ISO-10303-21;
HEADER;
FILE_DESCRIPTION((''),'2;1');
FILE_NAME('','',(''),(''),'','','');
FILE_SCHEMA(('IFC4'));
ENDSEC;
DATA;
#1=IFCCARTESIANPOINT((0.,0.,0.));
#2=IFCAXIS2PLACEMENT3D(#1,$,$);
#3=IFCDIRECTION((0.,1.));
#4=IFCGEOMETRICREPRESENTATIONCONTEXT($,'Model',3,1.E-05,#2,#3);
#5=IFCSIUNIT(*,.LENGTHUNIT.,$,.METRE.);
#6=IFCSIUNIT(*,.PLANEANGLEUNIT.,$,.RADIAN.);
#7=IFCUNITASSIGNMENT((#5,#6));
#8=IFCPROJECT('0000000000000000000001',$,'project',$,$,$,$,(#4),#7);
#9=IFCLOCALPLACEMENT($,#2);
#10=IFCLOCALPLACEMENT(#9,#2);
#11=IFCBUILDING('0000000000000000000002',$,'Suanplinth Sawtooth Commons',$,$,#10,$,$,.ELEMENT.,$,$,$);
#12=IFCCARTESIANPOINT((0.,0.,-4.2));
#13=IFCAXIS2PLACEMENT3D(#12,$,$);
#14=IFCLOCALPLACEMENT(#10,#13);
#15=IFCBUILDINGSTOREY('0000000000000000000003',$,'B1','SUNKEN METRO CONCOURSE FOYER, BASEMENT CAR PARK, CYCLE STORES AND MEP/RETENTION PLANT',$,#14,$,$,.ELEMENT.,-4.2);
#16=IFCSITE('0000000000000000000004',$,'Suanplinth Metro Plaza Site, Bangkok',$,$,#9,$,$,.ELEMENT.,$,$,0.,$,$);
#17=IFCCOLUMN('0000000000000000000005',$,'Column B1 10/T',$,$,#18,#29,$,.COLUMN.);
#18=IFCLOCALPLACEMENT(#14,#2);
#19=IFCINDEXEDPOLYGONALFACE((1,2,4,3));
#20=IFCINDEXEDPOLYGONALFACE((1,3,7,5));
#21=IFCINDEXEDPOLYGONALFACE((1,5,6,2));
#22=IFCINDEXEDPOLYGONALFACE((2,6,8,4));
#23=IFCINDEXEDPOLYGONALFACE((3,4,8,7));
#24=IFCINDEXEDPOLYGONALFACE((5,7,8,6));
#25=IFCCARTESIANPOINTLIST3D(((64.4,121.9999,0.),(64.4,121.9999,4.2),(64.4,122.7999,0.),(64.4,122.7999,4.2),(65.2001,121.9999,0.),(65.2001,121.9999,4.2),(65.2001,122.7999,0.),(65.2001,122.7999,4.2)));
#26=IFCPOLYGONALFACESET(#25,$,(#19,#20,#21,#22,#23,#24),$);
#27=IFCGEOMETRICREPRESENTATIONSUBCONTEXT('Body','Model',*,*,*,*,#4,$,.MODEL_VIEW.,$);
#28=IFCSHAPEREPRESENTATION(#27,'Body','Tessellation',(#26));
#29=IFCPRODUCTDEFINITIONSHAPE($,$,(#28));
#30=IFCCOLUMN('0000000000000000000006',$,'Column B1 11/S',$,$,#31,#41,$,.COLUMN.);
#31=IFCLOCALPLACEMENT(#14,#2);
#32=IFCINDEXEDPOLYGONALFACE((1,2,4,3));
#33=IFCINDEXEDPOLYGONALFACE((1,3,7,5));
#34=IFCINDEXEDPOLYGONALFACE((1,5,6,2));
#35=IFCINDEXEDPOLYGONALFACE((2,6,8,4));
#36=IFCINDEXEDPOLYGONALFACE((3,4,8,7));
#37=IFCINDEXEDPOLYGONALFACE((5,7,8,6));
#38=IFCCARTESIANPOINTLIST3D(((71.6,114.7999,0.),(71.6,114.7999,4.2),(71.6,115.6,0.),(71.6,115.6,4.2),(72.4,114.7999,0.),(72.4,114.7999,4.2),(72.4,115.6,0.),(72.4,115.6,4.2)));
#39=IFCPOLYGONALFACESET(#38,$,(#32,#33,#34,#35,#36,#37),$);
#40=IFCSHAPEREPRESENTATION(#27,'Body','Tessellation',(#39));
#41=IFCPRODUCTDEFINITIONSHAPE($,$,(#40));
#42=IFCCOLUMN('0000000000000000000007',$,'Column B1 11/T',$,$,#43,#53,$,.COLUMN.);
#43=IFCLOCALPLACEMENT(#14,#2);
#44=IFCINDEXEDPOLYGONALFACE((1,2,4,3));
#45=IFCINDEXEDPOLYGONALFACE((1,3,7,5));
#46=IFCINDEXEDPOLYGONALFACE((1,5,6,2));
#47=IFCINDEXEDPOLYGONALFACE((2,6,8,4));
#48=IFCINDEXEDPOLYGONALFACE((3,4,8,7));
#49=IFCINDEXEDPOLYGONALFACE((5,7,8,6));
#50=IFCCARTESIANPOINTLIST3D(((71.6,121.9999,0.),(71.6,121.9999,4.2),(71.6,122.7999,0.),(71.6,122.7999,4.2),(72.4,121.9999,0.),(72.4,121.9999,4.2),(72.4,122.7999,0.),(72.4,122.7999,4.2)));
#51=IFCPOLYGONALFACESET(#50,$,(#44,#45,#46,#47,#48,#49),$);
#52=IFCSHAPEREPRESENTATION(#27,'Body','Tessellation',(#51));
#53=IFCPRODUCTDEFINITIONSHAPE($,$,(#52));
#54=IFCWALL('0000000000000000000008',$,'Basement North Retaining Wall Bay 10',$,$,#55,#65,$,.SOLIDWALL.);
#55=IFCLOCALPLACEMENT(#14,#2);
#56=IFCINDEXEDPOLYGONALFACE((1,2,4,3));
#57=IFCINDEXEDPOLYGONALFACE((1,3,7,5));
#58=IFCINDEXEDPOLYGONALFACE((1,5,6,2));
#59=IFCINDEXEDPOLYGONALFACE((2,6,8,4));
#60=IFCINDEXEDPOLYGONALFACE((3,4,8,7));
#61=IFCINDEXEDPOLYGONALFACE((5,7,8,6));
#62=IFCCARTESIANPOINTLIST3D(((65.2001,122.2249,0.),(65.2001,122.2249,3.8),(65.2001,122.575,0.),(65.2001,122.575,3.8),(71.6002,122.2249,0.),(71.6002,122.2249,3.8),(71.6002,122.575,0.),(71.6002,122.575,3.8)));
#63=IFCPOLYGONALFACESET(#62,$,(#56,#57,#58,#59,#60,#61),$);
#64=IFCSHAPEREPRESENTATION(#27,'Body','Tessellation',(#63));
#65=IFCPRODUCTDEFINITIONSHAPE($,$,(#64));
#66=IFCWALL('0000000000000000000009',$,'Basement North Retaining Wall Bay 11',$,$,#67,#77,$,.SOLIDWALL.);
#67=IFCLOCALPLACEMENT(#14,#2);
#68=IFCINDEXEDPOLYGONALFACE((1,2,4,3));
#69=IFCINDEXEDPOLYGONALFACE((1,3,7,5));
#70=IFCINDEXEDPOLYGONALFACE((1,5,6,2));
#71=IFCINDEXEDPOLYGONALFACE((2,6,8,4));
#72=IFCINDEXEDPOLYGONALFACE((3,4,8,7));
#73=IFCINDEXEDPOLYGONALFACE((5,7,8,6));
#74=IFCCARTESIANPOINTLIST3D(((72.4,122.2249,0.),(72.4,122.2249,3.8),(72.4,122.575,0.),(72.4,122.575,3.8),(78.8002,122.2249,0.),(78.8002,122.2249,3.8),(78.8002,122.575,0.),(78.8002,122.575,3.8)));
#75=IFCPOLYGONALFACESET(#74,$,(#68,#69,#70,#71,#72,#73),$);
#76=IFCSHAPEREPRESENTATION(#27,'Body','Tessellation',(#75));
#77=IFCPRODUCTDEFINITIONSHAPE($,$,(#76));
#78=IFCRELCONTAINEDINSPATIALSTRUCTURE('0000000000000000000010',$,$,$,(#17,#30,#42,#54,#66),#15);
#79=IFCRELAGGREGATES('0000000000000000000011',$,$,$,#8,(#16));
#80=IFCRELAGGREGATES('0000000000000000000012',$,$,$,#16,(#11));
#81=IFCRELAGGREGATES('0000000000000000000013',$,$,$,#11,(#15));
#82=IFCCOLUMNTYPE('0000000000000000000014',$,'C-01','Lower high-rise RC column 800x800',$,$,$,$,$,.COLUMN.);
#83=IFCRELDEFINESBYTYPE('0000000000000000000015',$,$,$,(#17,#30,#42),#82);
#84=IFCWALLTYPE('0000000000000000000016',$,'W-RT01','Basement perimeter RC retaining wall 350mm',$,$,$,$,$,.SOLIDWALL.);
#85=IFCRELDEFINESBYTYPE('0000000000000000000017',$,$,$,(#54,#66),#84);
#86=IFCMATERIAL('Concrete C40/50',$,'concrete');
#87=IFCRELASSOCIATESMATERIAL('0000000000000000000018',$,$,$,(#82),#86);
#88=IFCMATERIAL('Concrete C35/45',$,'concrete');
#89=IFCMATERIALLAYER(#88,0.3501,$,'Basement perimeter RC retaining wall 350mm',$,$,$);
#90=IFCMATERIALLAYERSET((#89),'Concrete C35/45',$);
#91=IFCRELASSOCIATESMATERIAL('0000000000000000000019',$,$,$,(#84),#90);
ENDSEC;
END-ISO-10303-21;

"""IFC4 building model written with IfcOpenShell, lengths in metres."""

from ifc_helpers import new_model, si_unit, direction, frame, frame_2d, origin, origin_2d, place, context, subcontext, project, spatial, rectangle, extrude, material, layer, layer_set, material_profile, profile_set, type_object, element, save


model = new_model("IFC4")

# Units and contexts
model_context = context("Model", 3, precision=1e-05, world=origin(), true_north=direction((0.0, 1.0)))
body_context = subcontext(model_context, "Body", "Model", "MODEL_VIEW")
ifc_project = project(units=[si_unit("LENGTHUNIT", "METRE"), si_unit("PLANEANGLEUNIT", "RADIAN")], contexts=[model_context])

# Site, building, storey
site_placement = place(None, origin())
site = spatial("IfcSite", under=ifc_project, at=site_placement, Name="Suanplinth Metro Plaza Site, Bangkok", CompositionType="ELEMENT", RefElevation=0.0)
building_placement = place(site_placement, origin())
building = spatial("IfcBuilding", under=site, at=building_placement, Name="Suanplinth Sawtooth Commons", CompositionType="ELEMENT")
storey_placement = place(building_placement, frame((0.0, 0.0, -4.2)))
storey = spatial("IfcBuildingStorey", under=building, at=storey_placement, Name="B1", Description="SUNKEN METRO CONCOURSE FOYER, BASEMENT CAR PARK, CYCLE STORES AND MEP/RETENTION PLANT", CompositionType="ELEMENT", Elevation=-4.2)

# Shared definitions
ifc_material_1 = material(Name="Concrete C35/45", Category="concrete")

# Columns
ifc_material_2 = material(Name="Concrete C40/50", Category="concrete")
ifc_material_profile_1 = material_profile(ifc_material_2, rectangle(XDim=0.8, YDim=0.8, at=origin_2d()), Name="RC-COL 800x800")
ifc_profile_set_1 = profile_set([ifc_material_profile_1], Name="Concrete C40/50")
column_type = type_object("IfcColumnType", Name="C-01", Description="Lower high-rise RC column 800x800", PredefinedType="COLUMN", material=ifc_profile_set_1)
for number, where, z_axis, x_axis, name in (
    (1, (64.8, 122.3999, 0.0), (0.0, 0.0, 1.0), (1.0, 0.0, 0.0), "Column B1 10/T"),
    (2, (72.0, 115.2, 0.0), (0.0, 0.0, 1.0), (1.0, 0.0, 0.0), "Column B1 11/S"),
    (3, (72.0, 122.3999, 0.0), (0.0, 0.0, 1.0), (1.0, 0.0, 0.0), "Column B1 11/T"),
):
    element("IfcColumn", number, at=place(storey_placement, frame(where, z_axis=z_axis, x_axis=x_axis)), inside=storey, type_object=column_type, Name=name, PredefinedType="COLUMN", context=body_context, shape_type="SweptSolid", body=[
        extrude(rectangle(XDim=0.8, YDim=0.8, at=origin_2d()), origin(), (0.0, 0.0, 1.0), 4.2),
    ])

# Walls
ifc_layer = layer(ifc_material_1, 0.3501, Name="Basement perimeter RC retaining wall 350mm")
ifc_layer_set = layer_set([ifc_layer], Name="Concrete C35/45")
wall_type = type_object("IfcWallType", Name="W-RT01", Description="Basement perimeter RC retaining wall 350mm", PredefinedType="SOLIDWALL", material=ifc_layer_set)
for number, where, z_axis, x_axis, name in (
    (4, (65.2, 122.3999, 0.0), (0.0, 0.0, 1.0), (1.0, 0.0, 0.0), "Basement North Retaining Wall Bay 10"),
    (5, (72.3999, 122.3999, 0.0), (0.0, 0.0, 1.0), (1.0, 0.0, 0.0), "Basement North Retaining Wall Bay 11"),
):
    element("IfcWall", number, at=place(storey_placement, frame(where, z_axis=z_axis, x_axis=x_axis)), inside=storey, type_object=wall_type, Name=name, PredefinedType="SOLIDWALL", context=body_context, shape_type="SweptSolid", body=[
        extrude(rectangle(XDim=6.4001, YDim=0.3501, at=frame_2d((3.2002, 0.0))), origin(), (0.0, 0.0, 1.0), 3.8),
    ])

save(model, "model.ifc")
